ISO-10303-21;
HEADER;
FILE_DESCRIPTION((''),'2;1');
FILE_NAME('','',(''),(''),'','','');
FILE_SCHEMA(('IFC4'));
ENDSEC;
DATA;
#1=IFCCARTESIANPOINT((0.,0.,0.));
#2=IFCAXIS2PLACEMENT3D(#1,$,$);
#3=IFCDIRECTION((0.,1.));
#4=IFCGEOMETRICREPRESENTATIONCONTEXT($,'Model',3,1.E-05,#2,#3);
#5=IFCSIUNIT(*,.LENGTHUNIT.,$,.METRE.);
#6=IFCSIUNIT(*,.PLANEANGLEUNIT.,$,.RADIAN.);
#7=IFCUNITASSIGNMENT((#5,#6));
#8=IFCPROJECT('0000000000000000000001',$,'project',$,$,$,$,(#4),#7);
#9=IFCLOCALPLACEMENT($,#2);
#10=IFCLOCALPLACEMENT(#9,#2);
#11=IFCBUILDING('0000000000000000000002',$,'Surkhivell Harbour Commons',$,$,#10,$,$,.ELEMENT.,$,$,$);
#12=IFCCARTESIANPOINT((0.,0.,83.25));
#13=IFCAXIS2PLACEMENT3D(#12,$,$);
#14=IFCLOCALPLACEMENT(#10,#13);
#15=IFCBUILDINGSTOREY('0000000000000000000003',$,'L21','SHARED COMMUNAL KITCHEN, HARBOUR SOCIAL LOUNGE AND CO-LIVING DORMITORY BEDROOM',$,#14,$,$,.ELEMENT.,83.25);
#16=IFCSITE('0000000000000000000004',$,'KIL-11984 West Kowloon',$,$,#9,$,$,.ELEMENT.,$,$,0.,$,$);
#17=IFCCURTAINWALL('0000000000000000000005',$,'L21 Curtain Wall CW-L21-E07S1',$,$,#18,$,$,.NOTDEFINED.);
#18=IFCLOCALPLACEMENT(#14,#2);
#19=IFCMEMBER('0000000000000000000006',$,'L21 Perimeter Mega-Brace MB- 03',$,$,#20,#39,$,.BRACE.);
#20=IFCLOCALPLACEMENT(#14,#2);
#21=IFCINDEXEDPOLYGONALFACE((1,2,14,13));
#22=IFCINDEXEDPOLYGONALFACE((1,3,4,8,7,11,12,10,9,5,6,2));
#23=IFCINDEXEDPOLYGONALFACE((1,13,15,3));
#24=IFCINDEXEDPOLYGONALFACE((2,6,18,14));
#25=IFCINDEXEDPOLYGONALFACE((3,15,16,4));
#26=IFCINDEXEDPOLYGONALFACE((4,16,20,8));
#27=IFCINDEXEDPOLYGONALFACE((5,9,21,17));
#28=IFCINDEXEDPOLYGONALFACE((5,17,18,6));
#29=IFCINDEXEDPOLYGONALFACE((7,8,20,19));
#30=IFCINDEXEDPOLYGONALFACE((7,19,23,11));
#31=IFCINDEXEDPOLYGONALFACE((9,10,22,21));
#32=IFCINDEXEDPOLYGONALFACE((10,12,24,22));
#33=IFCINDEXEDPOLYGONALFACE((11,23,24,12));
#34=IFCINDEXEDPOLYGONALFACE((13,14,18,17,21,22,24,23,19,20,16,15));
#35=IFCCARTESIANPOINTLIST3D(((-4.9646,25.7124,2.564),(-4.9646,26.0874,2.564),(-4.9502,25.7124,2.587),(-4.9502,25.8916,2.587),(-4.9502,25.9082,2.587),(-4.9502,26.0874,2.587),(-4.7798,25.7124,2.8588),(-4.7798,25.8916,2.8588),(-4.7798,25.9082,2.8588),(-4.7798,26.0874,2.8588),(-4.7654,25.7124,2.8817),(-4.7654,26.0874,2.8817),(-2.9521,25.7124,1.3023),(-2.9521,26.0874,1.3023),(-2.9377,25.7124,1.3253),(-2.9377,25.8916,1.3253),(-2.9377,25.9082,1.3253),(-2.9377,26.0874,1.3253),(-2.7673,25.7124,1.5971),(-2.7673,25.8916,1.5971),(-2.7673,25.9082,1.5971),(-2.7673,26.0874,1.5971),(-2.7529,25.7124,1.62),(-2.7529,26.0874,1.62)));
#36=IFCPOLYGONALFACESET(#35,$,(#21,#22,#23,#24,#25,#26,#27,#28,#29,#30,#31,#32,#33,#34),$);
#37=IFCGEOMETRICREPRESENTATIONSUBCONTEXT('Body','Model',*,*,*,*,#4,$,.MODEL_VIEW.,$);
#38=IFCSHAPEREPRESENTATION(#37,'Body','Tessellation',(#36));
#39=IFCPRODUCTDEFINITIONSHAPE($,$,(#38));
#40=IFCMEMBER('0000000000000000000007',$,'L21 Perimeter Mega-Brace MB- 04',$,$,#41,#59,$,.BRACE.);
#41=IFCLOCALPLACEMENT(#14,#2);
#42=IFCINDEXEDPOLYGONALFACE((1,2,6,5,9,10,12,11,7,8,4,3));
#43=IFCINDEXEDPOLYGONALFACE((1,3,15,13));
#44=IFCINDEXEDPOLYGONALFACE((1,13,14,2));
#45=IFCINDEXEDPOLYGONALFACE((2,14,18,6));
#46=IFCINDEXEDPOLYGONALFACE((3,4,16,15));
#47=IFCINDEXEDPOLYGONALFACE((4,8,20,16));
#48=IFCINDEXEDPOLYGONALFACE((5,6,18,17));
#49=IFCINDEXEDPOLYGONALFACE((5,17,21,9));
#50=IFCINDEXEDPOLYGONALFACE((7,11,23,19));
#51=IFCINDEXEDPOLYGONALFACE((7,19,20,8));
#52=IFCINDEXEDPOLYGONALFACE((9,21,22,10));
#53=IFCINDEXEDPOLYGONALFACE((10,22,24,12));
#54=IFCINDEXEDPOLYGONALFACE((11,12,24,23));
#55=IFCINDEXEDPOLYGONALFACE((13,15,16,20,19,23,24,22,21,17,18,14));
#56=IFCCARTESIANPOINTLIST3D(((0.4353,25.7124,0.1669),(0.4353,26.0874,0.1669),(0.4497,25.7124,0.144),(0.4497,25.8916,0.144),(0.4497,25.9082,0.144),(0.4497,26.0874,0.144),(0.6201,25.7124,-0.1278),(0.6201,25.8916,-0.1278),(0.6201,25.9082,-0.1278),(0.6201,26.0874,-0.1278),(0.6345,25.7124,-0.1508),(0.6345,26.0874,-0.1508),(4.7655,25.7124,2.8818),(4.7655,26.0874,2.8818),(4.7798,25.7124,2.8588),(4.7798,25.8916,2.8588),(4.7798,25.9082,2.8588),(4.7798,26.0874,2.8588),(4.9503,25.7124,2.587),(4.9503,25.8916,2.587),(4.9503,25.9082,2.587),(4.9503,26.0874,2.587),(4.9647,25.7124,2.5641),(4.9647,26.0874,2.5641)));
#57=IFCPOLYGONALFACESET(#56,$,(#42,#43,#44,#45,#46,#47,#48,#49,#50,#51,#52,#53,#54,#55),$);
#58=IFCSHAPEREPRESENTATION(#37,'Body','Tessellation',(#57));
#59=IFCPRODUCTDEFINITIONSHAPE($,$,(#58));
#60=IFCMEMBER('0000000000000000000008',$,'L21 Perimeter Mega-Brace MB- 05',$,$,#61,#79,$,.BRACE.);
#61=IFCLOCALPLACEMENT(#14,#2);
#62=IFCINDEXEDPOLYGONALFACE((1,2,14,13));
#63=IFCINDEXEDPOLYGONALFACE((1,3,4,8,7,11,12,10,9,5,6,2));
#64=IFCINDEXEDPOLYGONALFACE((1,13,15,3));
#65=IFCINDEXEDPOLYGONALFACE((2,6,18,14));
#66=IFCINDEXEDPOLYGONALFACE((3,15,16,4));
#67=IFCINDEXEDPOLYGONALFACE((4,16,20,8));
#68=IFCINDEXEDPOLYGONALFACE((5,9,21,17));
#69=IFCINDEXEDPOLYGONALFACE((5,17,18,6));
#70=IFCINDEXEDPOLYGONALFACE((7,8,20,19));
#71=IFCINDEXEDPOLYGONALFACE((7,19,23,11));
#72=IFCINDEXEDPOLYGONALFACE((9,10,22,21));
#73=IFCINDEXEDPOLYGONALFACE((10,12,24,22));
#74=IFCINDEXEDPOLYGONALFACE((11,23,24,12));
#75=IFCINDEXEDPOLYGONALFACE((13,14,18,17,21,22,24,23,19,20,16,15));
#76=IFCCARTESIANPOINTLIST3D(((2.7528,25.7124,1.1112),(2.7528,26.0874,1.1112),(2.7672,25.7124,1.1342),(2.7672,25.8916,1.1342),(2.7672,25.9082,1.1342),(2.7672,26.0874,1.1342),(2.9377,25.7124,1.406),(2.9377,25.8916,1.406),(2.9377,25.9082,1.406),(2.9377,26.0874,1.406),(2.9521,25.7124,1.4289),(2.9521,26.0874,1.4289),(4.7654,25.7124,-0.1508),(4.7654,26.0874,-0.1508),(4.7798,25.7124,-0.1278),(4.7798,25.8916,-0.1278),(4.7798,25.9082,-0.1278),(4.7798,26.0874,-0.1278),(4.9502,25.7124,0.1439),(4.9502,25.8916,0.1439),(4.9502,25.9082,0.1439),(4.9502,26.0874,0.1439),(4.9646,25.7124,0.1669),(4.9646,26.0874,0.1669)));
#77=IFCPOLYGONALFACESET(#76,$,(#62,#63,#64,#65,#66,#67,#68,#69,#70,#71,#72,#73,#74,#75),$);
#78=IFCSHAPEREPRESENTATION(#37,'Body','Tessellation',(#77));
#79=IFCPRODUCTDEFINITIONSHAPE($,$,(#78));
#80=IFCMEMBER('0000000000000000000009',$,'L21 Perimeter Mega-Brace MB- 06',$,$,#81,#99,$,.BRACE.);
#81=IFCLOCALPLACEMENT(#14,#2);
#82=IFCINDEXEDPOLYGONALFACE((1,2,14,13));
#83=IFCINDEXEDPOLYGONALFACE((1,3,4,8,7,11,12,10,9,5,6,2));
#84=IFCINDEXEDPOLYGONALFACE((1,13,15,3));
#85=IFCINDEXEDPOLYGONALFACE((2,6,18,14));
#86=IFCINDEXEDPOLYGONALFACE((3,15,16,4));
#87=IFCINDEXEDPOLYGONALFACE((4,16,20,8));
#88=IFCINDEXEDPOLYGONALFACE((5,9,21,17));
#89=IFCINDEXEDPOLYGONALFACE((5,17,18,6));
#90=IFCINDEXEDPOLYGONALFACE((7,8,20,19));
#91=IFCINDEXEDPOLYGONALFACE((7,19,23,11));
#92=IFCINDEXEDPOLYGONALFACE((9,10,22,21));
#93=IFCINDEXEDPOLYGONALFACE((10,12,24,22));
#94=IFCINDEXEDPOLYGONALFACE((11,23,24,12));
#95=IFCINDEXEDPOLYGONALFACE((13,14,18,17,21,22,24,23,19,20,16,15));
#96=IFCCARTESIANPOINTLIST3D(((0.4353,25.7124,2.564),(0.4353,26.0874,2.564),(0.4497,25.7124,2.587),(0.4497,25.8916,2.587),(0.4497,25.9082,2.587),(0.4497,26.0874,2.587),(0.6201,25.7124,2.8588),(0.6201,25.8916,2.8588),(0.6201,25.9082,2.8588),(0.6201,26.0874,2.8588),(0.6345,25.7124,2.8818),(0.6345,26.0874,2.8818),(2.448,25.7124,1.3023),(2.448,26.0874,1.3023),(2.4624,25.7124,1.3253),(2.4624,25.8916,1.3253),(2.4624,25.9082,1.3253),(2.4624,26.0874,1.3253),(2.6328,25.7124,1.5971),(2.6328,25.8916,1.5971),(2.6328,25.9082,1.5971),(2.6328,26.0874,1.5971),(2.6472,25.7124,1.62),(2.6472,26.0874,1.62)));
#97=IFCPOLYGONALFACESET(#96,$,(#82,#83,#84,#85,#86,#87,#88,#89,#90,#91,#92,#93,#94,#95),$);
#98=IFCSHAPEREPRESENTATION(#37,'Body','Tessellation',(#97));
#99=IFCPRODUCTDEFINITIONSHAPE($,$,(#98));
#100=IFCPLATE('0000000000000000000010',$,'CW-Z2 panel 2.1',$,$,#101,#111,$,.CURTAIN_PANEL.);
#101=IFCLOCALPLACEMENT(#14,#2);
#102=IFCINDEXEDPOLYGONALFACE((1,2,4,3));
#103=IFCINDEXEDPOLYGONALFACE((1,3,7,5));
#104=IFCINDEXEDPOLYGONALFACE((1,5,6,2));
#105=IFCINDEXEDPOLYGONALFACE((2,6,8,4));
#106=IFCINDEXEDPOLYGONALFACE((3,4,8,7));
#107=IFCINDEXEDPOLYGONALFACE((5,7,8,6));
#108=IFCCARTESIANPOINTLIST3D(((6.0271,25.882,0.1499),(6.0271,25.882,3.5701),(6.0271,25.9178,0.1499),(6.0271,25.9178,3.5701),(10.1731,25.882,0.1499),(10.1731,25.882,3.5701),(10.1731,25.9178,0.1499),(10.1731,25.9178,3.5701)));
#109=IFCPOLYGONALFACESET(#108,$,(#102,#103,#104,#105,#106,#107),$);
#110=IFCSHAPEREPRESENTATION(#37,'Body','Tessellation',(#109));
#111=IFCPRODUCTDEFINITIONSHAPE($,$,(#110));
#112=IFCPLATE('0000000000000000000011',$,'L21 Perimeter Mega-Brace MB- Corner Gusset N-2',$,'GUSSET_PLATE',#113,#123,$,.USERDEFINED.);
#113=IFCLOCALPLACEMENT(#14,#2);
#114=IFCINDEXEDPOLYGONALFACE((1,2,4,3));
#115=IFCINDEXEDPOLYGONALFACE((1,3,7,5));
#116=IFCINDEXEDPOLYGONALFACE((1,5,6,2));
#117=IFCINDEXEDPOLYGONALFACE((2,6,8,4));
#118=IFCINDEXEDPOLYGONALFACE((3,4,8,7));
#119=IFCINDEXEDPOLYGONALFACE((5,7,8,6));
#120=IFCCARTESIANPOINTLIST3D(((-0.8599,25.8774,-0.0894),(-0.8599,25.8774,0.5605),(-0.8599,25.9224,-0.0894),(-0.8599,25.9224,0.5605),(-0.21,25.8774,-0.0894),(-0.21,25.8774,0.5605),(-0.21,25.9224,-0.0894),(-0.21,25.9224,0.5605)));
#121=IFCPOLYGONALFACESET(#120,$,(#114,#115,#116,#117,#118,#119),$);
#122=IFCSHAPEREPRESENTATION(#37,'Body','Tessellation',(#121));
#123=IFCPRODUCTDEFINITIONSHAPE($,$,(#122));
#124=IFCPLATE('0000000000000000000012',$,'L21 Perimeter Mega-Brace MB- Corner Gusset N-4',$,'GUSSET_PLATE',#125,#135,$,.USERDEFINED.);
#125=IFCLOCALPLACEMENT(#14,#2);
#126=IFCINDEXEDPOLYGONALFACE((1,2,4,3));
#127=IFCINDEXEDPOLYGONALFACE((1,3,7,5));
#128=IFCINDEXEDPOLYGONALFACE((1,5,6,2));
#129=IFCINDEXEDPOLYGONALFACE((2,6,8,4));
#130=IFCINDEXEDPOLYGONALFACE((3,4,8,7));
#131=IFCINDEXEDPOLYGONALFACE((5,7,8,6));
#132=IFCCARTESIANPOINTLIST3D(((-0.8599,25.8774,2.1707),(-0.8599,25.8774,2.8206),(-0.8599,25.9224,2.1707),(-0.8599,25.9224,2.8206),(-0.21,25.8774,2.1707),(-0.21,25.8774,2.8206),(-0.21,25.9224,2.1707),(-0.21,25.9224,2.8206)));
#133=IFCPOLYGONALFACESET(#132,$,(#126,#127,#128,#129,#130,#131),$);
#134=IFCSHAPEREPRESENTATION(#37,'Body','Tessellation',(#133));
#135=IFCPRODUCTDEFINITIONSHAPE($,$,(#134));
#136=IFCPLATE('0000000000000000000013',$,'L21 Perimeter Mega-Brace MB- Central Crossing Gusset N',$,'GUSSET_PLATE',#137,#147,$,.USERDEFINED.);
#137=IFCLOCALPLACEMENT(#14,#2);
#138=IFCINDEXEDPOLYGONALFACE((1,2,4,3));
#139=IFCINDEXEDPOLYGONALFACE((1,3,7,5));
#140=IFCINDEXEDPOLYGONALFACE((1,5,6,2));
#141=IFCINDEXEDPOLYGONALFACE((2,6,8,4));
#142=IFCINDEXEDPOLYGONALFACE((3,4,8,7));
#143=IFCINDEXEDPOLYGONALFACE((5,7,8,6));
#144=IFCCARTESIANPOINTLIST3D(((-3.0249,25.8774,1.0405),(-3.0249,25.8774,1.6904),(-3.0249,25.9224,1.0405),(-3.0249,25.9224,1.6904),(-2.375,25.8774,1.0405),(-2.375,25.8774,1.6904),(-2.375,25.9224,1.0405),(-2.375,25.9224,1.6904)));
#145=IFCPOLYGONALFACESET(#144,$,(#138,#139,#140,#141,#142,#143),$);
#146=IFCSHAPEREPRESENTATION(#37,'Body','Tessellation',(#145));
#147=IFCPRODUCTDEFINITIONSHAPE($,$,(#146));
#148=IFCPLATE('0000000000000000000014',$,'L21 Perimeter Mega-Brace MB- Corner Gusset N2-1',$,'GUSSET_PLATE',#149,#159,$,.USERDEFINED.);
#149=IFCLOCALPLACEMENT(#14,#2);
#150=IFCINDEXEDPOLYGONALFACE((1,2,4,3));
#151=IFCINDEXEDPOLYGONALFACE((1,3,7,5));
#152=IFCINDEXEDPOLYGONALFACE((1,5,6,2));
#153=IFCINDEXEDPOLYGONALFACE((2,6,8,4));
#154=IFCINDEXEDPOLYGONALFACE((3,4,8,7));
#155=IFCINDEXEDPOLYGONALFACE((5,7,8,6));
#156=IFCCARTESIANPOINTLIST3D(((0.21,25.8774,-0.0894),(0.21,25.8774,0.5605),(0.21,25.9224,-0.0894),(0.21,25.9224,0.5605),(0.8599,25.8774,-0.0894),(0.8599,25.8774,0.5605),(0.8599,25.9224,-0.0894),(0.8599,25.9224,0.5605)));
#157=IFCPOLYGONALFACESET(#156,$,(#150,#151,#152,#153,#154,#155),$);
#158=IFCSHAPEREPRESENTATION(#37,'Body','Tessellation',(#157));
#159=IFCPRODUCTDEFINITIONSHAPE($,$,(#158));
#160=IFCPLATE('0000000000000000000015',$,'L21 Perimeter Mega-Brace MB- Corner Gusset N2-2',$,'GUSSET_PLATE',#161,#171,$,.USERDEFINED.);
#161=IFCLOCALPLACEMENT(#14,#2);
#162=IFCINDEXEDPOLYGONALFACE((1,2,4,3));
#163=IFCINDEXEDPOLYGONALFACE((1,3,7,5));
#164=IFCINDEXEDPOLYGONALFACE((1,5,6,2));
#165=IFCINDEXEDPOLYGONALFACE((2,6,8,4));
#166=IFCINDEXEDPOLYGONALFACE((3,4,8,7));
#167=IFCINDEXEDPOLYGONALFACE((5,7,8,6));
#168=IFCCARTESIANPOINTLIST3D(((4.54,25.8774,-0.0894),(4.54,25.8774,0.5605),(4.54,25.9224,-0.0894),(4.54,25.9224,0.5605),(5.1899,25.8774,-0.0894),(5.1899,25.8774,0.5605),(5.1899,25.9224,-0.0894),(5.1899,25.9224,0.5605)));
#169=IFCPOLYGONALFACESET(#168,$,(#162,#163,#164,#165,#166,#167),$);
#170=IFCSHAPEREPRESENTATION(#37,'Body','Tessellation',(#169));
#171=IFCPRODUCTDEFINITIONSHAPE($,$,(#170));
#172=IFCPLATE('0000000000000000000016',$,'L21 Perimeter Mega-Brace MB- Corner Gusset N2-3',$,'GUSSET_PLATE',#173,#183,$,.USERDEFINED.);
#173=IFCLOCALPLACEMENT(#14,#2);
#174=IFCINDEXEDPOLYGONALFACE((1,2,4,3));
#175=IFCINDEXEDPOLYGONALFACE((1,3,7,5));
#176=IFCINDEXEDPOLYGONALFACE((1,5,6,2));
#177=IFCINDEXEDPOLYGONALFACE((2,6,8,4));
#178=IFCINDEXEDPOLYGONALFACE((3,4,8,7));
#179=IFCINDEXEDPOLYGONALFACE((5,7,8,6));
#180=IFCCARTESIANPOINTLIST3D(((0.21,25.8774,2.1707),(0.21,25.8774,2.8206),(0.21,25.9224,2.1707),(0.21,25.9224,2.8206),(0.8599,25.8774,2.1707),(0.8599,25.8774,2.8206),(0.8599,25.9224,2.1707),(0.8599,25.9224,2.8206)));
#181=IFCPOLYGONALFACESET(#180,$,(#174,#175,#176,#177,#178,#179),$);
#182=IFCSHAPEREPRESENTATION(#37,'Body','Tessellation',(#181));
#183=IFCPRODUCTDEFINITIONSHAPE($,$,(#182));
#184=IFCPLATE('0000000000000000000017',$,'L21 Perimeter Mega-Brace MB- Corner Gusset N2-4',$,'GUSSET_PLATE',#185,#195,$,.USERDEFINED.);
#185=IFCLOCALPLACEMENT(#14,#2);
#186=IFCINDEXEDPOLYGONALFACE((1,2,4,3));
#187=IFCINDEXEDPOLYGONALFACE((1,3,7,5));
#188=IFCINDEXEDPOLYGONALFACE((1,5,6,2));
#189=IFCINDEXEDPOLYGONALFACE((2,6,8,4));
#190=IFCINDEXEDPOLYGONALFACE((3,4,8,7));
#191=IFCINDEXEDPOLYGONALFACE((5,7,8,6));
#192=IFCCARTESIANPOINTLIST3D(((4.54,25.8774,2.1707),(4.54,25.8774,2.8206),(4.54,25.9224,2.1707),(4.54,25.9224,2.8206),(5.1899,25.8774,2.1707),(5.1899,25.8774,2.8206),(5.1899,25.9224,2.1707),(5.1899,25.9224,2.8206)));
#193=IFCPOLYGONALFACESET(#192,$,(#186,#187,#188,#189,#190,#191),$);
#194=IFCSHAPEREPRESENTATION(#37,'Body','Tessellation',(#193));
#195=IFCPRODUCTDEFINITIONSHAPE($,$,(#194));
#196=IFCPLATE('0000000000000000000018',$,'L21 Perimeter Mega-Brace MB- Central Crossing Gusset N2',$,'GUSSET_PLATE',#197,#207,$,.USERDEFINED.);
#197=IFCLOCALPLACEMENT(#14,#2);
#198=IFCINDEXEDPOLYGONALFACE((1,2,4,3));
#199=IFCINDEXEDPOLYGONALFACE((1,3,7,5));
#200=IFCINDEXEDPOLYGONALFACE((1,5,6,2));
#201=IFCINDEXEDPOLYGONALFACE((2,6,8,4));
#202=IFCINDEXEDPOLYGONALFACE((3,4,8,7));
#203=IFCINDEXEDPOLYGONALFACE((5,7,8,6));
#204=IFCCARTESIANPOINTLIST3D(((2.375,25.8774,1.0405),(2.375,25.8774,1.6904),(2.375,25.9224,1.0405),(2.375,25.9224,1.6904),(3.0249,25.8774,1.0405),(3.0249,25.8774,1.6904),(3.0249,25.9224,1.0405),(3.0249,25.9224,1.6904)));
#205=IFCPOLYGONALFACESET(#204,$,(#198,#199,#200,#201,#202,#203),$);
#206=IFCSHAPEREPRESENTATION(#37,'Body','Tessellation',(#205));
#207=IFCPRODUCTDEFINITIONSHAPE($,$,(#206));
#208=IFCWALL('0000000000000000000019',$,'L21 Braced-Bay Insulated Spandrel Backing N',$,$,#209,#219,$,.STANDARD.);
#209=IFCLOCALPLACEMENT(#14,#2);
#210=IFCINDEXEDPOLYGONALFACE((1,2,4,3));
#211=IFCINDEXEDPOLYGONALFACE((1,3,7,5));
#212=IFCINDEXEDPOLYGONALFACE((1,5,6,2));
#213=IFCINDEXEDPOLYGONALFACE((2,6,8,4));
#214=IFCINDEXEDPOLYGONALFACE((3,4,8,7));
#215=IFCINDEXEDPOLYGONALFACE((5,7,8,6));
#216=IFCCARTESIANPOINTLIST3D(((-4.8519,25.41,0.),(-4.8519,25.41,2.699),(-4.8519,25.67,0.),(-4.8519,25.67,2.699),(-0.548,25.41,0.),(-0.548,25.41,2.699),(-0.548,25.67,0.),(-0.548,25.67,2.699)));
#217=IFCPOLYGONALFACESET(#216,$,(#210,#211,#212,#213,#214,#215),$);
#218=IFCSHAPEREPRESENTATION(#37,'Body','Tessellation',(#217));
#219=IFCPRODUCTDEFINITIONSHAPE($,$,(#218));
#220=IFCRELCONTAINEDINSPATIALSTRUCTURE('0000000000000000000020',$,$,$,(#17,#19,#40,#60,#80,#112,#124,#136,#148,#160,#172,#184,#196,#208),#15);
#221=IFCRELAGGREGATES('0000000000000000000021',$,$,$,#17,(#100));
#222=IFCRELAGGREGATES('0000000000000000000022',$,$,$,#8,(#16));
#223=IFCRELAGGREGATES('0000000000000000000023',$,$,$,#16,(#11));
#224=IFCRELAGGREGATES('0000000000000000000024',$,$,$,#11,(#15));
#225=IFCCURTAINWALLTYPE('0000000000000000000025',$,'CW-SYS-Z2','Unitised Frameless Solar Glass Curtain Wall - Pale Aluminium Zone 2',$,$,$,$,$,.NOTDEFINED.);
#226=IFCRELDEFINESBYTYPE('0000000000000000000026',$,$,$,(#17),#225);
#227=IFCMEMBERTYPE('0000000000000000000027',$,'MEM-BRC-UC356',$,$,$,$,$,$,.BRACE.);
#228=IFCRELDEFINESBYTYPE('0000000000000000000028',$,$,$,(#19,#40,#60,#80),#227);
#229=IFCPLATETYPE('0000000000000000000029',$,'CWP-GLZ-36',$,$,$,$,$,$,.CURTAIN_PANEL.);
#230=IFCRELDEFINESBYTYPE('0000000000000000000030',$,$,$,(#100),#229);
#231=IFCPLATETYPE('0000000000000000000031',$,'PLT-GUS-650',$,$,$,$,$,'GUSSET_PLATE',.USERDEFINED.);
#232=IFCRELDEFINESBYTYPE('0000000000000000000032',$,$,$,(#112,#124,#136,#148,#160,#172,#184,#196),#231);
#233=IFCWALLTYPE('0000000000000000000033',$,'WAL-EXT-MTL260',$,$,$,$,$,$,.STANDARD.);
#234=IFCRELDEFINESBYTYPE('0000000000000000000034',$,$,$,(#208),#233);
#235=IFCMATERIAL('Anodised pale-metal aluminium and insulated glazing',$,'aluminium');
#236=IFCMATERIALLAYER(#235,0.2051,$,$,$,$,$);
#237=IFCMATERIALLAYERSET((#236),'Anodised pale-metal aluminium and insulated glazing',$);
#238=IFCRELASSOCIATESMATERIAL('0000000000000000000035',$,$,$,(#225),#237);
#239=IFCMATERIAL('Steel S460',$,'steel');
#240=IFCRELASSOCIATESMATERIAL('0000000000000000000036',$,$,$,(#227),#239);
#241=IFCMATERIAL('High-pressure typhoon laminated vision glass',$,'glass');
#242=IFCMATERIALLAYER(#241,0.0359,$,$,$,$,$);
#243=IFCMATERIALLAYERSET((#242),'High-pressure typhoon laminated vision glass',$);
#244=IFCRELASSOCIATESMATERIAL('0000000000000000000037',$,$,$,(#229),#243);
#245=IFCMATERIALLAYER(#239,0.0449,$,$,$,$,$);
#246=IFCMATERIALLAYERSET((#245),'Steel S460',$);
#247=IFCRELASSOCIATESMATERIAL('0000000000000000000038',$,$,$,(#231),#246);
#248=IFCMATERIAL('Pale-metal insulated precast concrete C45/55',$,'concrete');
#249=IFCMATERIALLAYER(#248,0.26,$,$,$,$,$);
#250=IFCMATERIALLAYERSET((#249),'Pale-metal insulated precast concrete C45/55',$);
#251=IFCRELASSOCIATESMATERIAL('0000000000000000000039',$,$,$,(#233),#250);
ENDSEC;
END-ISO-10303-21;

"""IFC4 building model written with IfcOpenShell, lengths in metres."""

from ifc_helpers import new_model, si_unit, direction, frame, frame_2d, origin, origin_2d, place, context, subcontext, project, spatial, rectangle, i_section, extrude, material, layer, layer_set, material_profile, profile_set, type_object, element, aggregate, save


model = new_model("IFC4")

# Units and contexts
model_context = context("Model", 3, precision=1e-05, world=origin(), true_north=direction((0.0, 1.0)))
body_context = subcontext(model_context, "Body", "Model", "MODEL_VIEW")
ifc_project = project(units=[si_unit("LENGTHUNIT", "METRE"), si_unit("PLANEANGLEUNIT", "RADIAN")], contexts=[model_context])

# Site, building, storey
site_placement = place(None, origin())
site = spatial("IfcSite", under=ifc_project, at=site_placement, Name="KIL-11984 West Kowloon", CompositionType="ELEMENT", RefElevation=0.0)
building_placement = place(site_placement, origin())
building = spatial("IfcBuilding", under=site, at=building_placement, Name="Surkhivell Harbour Commons", CompositionType="ELEMENT")
storey_placement = place(building_placement, frame((0.0, 0.0, 83.25)))
storey = spatial("IfcBuildingStorey", under=building, at=storey_placement, Name="L21", Description="SHARED COMMUNAL KITCHEN, HARBOUR SOCIAL LOUNGE AND CO-LIVING DORMITORY BEDROOM", CompositionType="ELEMENT", Elevation=83.25)

# Shared definitions
ifc_material_1 = material(Name="Steel S460", Category="steel")

# Curtain wall
ifc_material_2 = material(Name="Anodised pale-metal aluminium and insulated glazing", Category="aluminium")
ifc_layer_1 = layer(ifc_material_2, 0.2051)
ifc_layer_set_1 = layer_set([ifc_layer_1], Name="Anodised pale-metal aluminium and insulated glazing")
curtain_wall_type = type_object("IfcCurtainWallType", Name="CW-SYS-Z2", Description="Unitised Frameless Solar Glass Curtain Wall - Pale Aluminium Zone 2", PredefinedType="NOTDEFINED", material=ifc_layer_set_1)
curtain_wall_placement = place(storey_placement, origin())
curtain_wall = element("IfcCurtainWall", 1, at=curtain_wall_placement, inside=storey, type_object=curtain_wall_type, Name="L21 Curtain Wall CW-L21-E07S1", PredefinedType="NOTDEFINED")

# Members
ifc_material_profile_1 = material_profile(ifc_material_1, i_section(OverallWidth=0.375, OverallDepth=0.375, WebThickness=0.0166, FlangeThickness=0.0271, at=origin_2d()), Name="UC356x368x202")
ifc_profile_set_1 = profile_set([ifc_material_profile_1], Name="Steel S460")
member_type_1 = type_object("IfcMemberType", Name="MEM-BRC-UC356", PredefinedType="BRACE", material=ifc_profile_set_1)
member_1_placement = place(storey_placement, frame((-2.8525, 25.8999, 1.4612), z_axis=(-0.847253, 0.0, 0.53119), x_axis=(0.0, -1.0, 0.0)))
element("IfcMember", 2, at=member_1_placement, inside=storey, type_object=member_type_1, Name="L21 Perimeter Mega-Brace MB- 03", PredefinedType="BRACE", context=body_context, shape_type="SweptSolid", body=[
    extrude(i_section(OverallWidth=0.375, OverallDepth=0.375, WebThickness=0.0166, FlangeThickness=0.0271, at=origin_2d()), origin(), (0.0, 0.0, 1.0), 2.3752),
])
member_2_placement = place(storey_placement, frame((0.5349, 25.8999, 0.0081), z_axis=(0.847246, 0.0, 0.531201), x_axis=(0.0, 1.0, 0.0)))
element("IfcMember", 3, at=member_2_placement, inside=storey, type_object=member_type_1, Name="L21 Perimeter Mega-Brace MB- 04", PredefinedType="BRACE", context=body_context, shape_type="SweptSolid", body=[
    extrude(i_section(OverallWidth=0.375, OverallDepth=0.375, WebThickness=0.0166, FlangeThickness=0.0271, at=origin_2d()), origin(), (0.0, 0.0, 1.0), 5.1108),
])
for number, where, z_axis, x_axis, name in (
    (4, (4.865, 25.8999, 0.0081), (-0.847206, 0.0, 0.531264), (0.0, -1.0, 0.0), "L21 Perimeter Mega-Brace MB- 05"),
    (5, (2.5476, 25.8999, 1.4612), (-0.847282, 0.0, 0.531144), (0.0, -1.0, 0.0), "L21 Perimeter Mega-Brace MB- 06"),
):
    element("IfcMember", number, at=place(storey_placement, frame(where, z_axis=z_axis, x_axis=x_axis)), inside=storey, type_object=member_type_1, Name=name, PredefinedType="BRACE", context=body_context, shape_type="SweptSolid", body=[
        extrude(i_section(OverallWidth=0.375, OverallDepth=0.375, WebThickness=0.0166, FlangeThickness=0.0271, at=origin_2d()), origin(), (0.0, 0.0, 1.0), 2.3755),
    ])

# Plate
ifc_material_3 = material(Name="High-pressure typhoon laminated vision glass", Category="glass")
ifc_layer_2 = layer(ifc_material_3, 0.0359)
ifc_layer_set_2 = layer_set([ifc_layer_2], Name="High-pressure typhoon laminated vision glass")
plate_type_1 = type_object("IfcPlateType", Name="CWP-GLZ-36", PredefinedType="CURTAIN_PANEL", material=ifc_layer_set_2)
plate_placement = place(storey_placement, frame((10.1731, 25.8999, 0.1499), z_axis=(0.0, 0.0, 1.0), x_axis=(-1.0, 0.0, 0.0)))
plate = element("IfcPlate", 6, at=plate_placement, type_object=plate_type_1, Name="CW-Z2 panel 2.1", PredefinedType="CURTAIN_PANEL", context=body_context, shape_type="SweptSolid", body=[
    extrude(rectangle(XDim=4.146, YDim=0.0359, at=frame_2d((2.073, 0.0))), origin(), (0.0, 0.0, 1.0), 3.4202),
])
aggregate(curtain_wall, [plate])

# Plates
ifc_layer_3 = layer(ifc_material_1, 0.0449)
ifc_layer_set_3 = layer_set([ifc_layer_3], Name="Steel S460")
plate_type_2 = type_object("IfcPlateType", Name="PLT-GUS-650", ElementType="GUSSET_PLATE", PredefinedType="USERDEFINED", material=ifc_layer_set_3)
for number, where, z_axis, x_axis, name in (
    (7, (-0.5349, 25.8999, -0.0894), (0.0, 0.0, 1.0), (1.0, 0.0, 0.0), "L21 Perimeter Mega-Brace MB- Corner Gusset N-2"),
    (8, (-0.5349, 25.8999, 2.1707), (0.0, 0.0, 1.0), (1.0, 0.0, 0.0), "L21 Perimeter Mega-Brace MB- Corner Gusset N-4"),
    (9, (-2.7, 25.8999, 1.0405), (0.0, 0.0, 1.0), (1.0, 0.0, 0.0), "L21 Perimeter Mega-Brace MB- Central Crossing Gusset N"),
    (10, (0.5349, 25.8999, -0.0894), (0.0, 0.0, 1.0), (1.0, 0.0, 0.0), "L21 Perimeter Mega-Brace MB- Corner Gusset N2-1"),
    (11, (4.865, 25.8999, -0.0894), (0.0, 0.0, 1.0), (1.0, 0.0, 0.0), "L21 Perimeter Mega-Brace MB- Corner Gusset N2-2"),
    (12, (0.5349, 25.8999, 2.1707), (0.0, 0.0, 1.0), (1.0, 0.0, 0.0), "L21 Perimeter Mega-Brace MB- Corner Gusset N2-3"),
    (13, (4.865, 25.8999, 2.1707), (0.0, 0.0, 1.0), (1.0, 0.0, 0.0), "L21 Perimeter Mega-Brace MB- Corner Gusset N2-4"),
    (14, (2.7, 25.8999, 1.0405), (0.0, 0.0, 1.0), (1.0, 0.0, 0.0), "L21 Perimeter Mega-Brace MB- Central Crossing Gusset N2"),
):
    element("IfcPlate", number, at=place(storey_placement, frame(where, z_axis=z_axis, x_axis=x_axis)), inside=storey, type_object=plate_type_2, Name=name, ObjectType="GUSSET_PLATE", PredefinedType="USERDEFINED", context=body_context, shape_type="SweptSolid", body=[
        extrude(rectangle(XDim=0.6499, YDim=0.0449, at=origin_2d()), origin(), (0.0, 0.0, 1.0), 0.6499),
    ])

# Wall
ifc_material_4 = material(Name="Pale-metal insulated precast concrete C45/55", Category="concrete")
ifc_layer_4 = layer(ifc_material_4, 0.26)
ifc_layer_set_4 = layer_set([ifc_layer_4], Name="Pale-metal insulated precast concrete C45/55")
wall_type_1 = type_object("IfcWallType", Name="WAL-EXT-MTL260", PredefinedType="STANDARD", material=ifc_layer_set_4)
for number, where, z_axis, x_axis, name in (
    (15, (-0.5481, 25.54, 0.0), (0.0, 0.0, 1.0), (-1.0, 0.0, 0.0), "L21 Braced-Bay Insulated Spandrel Backing N"),
):
    element("IfcWall", number, at=place(storey_placement, frame(where, z_axis=z_axis, x_axis=x_axis)), inside=storey, type_object=wall_type_1, Name=name, PredefinedType="STANDARD", context=body_context, shape_type="SweptSolid", body=[
        extrude(rectangle(XDim=4.304, YDim=0.26, at=frame_2d((2.1519, 0.0))), origin(), (0.0, 0.0, 1.0), 2.699),
    ])

save(model, "model.ifc")
